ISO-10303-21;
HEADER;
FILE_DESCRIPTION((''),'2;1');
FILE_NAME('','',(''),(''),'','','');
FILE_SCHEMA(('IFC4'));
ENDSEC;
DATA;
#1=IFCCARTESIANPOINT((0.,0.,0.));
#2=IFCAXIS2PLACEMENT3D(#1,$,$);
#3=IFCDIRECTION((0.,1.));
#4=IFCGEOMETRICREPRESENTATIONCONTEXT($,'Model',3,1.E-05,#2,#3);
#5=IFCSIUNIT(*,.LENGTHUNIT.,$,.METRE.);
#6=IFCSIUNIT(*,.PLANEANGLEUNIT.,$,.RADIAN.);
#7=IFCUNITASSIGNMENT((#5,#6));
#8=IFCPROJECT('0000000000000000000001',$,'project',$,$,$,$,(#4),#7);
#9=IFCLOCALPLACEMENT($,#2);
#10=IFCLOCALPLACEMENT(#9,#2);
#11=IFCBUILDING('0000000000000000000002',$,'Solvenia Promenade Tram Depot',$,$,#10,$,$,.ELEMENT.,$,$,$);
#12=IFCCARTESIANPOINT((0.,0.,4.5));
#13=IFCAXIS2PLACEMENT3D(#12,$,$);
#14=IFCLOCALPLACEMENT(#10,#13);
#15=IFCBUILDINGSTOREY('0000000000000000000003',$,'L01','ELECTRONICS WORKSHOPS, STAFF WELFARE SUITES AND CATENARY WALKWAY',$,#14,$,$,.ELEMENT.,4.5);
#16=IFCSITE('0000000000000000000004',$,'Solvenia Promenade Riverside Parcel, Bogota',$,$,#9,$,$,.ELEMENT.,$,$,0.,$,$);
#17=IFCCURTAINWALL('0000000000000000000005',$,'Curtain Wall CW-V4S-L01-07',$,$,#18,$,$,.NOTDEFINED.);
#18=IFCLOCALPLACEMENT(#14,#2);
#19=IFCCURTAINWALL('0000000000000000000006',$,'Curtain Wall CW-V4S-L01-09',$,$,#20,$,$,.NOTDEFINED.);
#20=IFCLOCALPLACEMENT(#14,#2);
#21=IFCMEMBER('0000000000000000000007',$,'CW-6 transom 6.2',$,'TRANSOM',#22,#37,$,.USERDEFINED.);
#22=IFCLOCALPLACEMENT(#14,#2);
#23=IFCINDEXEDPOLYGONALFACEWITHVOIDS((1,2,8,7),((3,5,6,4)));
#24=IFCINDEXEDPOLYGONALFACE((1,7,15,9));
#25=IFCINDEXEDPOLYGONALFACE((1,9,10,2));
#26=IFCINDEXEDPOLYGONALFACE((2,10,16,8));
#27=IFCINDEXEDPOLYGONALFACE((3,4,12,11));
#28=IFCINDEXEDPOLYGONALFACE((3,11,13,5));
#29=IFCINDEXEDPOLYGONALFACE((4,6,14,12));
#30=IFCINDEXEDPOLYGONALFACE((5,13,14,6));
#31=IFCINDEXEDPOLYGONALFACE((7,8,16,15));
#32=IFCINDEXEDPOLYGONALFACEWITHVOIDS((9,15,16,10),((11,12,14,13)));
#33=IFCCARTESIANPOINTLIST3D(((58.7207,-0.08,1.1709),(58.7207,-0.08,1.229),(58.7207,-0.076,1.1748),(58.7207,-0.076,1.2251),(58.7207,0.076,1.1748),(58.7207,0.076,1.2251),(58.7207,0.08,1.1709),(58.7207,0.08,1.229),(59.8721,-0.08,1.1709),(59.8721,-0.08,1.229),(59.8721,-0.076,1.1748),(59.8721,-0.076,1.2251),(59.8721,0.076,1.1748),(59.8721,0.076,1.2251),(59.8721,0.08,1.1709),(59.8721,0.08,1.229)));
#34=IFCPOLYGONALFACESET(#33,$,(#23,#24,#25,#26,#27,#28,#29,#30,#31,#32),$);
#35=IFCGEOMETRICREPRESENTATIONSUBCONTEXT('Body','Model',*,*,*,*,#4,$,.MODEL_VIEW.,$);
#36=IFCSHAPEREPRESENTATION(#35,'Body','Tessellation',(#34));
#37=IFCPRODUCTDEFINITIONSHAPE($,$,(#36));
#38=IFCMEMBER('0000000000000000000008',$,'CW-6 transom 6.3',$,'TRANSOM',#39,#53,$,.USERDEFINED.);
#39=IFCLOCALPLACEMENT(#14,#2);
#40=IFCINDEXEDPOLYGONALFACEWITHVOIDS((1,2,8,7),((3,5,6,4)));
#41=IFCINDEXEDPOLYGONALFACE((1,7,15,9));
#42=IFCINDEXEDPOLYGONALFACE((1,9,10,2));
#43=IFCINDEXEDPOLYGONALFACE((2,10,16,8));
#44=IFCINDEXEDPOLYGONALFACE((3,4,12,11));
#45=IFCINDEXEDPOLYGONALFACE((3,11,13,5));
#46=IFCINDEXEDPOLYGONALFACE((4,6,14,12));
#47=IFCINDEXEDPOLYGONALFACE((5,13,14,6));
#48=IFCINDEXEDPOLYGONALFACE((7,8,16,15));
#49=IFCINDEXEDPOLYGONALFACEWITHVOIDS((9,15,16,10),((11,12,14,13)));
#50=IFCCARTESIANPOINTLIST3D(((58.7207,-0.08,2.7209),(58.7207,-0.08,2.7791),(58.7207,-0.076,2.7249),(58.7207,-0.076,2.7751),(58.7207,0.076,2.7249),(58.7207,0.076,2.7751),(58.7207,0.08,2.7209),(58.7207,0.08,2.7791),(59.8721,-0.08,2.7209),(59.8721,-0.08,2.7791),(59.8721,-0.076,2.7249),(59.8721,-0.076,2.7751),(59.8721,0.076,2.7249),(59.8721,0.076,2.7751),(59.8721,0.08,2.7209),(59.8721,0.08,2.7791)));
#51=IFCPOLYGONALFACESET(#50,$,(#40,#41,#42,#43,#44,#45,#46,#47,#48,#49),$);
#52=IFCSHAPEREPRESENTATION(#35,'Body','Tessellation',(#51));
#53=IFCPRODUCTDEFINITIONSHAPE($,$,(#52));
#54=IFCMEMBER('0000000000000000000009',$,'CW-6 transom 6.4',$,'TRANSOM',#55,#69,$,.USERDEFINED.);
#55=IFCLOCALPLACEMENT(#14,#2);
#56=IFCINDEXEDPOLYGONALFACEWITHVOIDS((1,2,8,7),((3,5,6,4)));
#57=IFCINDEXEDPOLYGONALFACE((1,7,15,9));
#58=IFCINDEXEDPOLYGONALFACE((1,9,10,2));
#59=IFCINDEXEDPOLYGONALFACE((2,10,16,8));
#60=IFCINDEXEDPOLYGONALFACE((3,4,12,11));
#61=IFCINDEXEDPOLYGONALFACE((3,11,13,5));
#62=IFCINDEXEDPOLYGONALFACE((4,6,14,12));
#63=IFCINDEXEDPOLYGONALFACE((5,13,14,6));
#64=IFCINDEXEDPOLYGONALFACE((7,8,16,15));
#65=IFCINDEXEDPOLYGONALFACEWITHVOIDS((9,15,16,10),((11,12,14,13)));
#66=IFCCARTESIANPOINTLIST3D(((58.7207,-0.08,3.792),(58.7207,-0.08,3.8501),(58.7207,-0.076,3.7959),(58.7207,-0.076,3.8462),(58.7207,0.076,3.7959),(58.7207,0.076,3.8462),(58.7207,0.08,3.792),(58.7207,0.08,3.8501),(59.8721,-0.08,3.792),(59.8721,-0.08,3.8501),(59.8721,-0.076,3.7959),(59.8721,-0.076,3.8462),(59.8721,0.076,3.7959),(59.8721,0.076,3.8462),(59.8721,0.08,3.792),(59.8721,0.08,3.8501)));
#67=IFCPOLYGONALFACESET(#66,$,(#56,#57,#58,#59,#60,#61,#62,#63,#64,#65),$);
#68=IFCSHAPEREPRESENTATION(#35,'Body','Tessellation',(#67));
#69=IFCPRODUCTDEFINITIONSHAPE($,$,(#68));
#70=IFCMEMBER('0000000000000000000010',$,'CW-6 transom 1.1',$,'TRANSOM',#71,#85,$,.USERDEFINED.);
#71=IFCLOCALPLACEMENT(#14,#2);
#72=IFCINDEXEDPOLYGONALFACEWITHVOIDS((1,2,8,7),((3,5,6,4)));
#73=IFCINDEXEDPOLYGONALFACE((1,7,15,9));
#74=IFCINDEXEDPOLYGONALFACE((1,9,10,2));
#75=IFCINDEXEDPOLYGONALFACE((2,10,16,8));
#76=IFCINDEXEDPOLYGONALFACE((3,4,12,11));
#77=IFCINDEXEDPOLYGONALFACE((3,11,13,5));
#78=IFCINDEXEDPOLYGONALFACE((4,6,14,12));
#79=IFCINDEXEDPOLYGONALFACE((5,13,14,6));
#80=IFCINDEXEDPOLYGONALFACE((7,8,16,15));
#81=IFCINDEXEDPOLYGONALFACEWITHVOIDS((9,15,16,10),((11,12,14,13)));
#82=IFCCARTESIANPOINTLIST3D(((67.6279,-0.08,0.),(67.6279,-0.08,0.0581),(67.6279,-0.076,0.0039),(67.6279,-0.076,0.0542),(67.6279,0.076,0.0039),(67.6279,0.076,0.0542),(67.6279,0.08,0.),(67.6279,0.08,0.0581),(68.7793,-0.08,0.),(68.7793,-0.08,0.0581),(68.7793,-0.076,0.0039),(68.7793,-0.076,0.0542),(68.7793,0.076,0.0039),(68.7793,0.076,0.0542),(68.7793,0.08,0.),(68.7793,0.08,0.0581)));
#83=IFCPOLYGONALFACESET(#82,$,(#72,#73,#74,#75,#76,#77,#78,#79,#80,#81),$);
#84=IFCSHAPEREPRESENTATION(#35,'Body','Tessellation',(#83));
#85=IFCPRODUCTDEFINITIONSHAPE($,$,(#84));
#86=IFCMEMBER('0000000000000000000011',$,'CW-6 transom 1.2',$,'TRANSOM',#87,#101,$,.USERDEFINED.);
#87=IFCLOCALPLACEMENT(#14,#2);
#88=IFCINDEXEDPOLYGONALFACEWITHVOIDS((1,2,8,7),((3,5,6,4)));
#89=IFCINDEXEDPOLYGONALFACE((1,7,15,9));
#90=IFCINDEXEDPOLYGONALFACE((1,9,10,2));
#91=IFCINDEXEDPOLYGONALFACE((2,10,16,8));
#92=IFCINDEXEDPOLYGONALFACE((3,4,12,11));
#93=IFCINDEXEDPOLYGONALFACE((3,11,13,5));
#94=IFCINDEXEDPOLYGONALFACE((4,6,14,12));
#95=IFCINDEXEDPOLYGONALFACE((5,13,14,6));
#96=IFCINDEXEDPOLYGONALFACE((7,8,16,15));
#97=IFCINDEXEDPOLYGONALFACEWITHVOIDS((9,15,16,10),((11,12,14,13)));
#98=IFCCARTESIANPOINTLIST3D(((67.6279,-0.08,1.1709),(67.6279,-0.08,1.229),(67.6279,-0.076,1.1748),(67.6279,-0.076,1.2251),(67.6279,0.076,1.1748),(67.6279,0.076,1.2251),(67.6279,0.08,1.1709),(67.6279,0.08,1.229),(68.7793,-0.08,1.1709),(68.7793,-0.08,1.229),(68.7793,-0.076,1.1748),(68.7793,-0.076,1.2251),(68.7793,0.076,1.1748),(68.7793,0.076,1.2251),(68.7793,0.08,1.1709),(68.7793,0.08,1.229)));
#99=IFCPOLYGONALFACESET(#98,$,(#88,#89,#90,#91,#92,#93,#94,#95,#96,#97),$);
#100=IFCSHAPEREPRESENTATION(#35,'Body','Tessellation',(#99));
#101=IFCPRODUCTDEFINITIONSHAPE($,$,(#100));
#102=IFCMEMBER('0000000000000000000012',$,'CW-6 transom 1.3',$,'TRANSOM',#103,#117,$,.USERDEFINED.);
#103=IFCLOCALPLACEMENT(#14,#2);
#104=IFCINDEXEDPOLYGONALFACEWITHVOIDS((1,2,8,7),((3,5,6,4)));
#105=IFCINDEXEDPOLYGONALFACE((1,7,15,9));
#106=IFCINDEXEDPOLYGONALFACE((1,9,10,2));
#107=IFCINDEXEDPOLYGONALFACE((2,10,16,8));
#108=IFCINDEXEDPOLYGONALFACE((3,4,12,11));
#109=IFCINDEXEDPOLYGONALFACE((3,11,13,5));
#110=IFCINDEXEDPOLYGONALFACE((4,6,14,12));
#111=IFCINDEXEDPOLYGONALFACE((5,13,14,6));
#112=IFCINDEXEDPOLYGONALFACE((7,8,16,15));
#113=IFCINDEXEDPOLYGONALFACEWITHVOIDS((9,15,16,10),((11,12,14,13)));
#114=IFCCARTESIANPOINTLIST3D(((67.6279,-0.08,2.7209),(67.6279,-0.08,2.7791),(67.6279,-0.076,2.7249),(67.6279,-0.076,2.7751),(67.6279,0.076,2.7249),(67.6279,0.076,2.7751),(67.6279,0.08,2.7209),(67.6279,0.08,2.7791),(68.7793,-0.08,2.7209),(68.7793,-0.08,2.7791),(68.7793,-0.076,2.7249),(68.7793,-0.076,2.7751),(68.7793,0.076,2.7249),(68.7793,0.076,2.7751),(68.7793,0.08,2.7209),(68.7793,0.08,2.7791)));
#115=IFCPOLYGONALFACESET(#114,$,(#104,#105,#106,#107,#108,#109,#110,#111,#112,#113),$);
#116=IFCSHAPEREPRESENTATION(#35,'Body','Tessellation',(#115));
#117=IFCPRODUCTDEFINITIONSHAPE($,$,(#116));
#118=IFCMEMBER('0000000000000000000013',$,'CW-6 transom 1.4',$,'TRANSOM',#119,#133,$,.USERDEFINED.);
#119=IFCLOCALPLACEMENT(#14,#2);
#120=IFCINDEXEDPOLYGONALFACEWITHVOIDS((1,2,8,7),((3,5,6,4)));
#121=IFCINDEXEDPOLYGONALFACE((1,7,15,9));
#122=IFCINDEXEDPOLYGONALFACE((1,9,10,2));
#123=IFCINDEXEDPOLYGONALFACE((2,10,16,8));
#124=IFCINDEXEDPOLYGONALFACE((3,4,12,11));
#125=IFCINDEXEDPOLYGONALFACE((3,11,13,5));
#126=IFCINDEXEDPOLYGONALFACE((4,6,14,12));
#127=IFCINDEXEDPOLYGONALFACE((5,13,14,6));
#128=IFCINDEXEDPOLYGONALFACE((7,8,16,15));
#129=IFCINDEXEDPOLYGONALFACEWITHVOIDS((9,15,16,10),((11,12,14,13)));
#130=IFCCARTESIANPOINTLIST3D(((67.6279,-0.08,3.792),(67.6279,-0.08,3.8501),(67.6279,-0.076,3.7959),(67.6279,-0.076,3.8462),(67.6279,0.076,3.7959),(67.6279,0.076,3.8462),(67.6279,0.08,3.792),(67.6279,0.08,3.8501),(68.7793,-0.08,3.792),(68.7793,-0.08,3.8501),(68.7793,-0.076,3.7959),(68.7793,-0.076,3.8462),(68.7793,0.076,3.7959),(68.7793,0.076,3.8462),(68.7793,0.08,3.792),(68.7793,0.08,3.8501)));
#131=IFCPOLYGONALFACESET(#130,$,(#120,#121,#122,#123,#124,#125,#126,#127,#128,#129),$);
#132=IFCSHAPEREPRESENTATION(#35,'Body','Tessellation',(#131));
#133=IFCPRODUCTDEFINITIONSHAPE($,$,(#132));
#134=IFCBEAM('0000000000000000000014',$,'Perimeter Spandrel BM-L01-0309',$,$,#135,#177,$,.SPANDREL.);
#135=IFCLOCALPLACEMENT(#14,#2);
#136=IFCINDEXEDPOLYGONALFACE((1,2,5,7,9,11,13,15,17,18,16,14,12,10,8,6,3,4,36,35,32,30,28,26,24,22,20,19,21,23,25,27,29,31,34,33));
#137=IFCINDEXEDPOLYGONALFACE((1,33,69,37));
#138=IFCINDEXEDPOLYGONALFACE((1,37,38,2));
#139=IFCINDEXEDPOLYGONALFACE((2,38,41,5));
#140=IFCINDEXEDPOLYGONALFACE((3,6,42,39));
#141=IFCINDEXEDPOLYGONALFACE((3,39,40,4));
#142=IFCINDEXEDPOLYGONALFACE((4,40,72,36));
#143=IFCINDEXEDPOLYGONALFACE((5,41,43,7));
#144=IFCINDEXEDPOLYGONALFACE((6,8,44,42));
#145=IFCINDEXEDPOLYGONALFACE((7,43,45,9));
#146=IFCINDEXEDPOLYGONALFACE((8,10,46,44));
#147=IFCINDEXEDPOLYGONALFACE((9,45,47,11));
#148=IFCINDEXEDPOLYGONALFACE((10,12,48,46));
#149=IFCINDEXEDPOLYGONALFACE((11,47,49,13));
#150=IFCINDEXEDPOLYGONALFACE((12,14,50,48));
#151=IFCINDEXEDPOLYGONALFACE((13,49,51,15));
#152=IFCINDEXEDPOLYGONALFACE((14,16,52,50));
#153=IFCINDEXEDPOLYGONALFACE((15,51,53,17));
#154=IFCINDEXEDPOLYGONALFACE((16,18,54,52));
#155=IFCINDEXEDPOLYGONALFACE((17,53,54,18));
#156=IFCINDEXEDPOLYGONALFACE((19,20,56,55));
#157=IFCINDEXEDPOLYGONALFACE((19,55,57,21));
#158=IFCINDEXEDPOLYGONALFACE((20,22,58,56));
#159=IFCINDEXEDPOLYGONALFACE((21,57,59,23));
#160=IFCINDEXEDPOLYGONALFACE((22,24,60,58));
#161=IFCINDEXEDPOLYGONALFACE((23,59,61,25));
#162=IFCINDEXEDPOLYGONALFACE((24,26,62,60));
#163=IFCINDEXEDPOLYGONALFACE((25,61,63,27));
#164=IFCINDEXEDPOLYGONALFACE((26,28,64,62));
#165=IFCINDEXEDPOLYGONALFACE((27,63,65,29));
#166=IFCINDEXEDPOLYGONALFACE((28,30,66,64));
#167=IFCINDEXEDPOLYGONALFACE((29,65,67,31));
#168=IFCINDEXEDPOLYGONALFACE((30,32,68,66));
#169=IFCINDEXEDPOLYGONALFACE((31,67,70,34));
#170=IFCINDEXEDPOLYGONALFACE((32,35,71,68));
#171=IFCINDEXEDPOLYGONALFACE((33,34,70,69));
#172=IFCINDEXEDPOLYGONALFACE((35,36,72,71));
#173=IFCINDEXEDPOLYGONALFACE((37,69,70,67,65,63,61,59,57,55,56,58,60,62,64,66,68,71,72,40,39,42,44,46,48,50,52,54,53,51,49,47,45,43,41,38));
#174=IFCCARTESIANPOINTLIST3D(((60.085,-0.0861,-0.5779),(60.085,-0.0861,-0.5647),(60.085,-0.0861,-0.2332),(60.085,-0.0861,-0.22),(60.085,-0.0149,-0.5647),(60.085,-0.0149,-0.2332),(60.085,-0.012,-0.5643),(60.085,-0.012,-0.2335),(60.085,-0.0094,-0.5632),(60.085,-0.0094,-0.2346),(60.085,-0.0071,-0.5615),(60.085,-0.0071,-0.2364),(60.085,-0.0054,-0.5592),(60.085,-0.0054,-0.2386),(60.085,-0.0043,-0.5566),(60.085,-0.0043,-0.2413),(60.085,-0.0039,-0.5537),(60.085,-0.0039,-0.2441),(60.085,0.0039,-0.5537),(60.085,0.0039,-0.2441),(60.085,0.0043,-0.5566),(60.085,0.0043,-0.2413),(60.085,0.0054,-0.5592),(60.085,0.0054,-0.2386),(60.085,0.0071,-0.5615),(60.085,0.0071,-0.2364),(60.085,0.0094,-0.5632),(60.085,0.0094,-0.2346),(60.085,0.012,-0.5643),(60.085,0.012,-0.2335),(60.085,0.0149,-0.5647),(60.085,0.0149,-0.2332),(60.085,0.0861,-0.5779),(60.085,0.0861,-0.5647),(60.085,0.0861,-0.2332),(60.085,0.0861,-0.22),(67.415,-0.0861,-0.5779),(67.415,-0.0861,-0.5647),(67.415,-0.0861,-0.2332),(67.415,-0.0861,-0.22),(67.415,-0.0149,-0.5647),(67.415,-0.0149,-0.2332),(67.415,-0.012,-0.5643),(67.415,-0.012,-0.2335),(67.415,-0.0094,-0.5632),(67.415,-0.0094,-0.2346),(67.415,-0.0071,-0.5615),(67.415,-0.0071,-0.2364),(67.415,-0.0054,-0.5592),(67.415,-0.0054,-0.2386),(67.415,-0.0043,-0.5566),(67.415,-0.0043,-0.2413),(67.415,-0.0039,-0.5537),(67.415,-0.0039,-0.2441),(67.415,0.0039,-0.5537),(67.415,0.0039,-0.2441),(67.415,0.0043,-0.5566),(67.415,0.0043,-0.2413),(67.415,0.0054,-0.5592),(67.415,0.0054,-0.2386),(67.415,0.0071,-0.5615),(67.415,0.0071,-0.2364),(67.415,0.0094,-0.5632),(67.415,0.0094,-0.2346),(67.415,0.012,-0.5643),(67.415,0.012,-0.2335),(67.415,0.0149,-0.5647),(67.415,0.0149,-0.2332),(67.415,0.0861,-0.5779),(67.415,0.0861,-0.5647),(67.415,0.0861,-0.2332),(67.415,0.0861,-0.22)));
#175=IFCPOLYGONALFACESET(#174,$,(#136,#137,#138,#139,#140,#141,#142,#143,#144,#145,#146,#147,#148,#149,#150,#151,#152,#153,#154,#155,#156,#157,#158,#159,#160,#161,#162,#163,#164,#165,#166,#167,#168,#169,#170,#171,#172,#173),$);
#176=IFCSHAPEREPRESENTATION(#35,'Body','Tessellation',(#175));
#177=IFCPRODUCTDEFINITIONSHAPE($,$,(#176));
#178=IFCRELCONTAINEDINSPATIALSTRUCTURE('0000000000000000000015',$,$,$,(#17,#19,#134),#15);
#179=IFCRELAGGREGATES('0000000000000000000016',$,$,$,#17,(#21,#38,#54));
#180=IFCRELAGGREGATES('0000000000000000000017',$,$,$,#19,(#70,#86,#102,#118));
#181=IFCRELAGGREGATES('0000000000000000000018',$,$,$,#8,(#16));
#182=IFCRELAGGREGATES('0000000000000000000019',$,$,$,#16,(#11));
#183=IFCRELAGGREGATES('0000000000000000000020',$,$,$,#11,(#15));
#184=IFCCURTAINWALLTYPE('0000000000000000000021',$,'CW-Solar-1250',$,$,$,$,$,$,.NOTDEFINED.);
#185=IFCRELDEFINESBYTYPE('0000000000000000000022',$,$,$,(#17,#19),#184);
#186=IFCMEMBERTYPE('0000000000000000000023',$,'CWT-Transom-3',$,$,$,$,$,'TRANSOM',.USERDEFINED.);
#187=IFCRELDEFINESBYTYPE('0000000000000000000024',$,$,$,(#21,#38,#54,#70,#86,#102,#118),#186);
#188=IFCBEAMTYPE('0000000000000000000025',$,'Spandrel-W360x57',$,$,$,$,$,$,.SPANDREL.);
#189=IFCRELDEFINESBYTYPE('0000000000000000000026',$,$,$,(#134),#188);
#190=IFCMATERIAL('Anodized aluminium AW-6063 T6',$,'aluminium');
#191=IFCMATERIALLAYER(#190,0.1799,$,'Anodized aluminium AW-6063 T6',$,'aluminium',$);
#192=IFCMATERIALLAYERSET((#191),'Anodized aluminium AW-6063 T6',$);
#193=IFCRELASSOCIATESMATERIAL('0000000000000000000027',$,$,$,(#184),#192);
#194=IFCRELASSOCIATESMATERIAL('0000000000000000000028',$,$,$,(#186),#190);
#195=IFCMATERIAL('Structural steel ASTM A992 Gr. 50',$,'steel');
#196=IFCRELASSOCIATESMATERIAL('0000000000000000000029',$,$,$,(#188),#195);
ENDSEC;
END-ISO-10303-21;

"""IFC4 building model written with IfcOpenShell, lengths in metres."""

from ifc_helpers import new_model, si_unit, direction, frame, origin, origin_2d, place, context, subcontext, project, spatial, hollow_rectangle, i_section, extrude, material, layer, layer_set, material_profile, profile_set, type_object, element, aggregate, save


model = new_model("IFC4")

# Units and contexts
model_context = context("Model", 3, precision=1e-05, world=origin(), true_north=direction((0.0, 1.0)))
body_context = subcontext(model_context, "Body", "Model", "MODEL_VIEW")
ifc_project = project(units=[si_unit("LENGTHUNIT", "METRE"), si_unit("PLANEANGLEUNIT", "RADIAN")], contexts=[model_context])

# Site, building, storey
site_placement = place(None, origin())
site = spatial("IfcSite", under=ifc_project, at=site_placement, Name="Solvenia Promenade Riverside Parcel, Bogota", CompositionType="ELEMENT", RefElevation=0.0)
building_placement = place(site_placement, origin())
building = spatial("IfcBuilding", under=site, at=building_placement, Name="Solvenia Promenade Tram Depot", CompositionType="ELEMENT")
storey_placement = place(building_placement, frame((0.0, 0.0, 4.5)))
storey = spatial("IfcBuildingStorey", under=building, at=storey_placement, Name="L01", Description="ELECTRONICS WORKSHOPS, STAFF WELFARE SUITES AND CATENARY WALKWAY", CompositionType="ELEMENT", Elevation=4.5)

# Shared definitions
ifc_material_1 = material(Name="Structural steel ASTM A992 Gr. 50", Category="steel")

# Curtain wall
ifc_material_2 = material(Name="Anodized aluminium AW-6063 T6", Category="aluminium")
ifc_layer_1 = layer(ifc_material_2, 0.1799, Name="Anodized aluminium AW-6063 T6", Category="aluminium")
ifc_layer_set_1 = layer_set([ifc_layer_1], Name="Anodized aluminium AW-6063 T6")
curtain_wall_type = type_object("IfcCurtainWallType", Name="CW-Solar-1250", PredefinedType="NOTDEFINED", material=ifc_layer_set_1)
curtain_wall_1_placement = place(storey_placement, origin())
curtain_wall_1 = element("IfcCurtainWall", 1, at=curtain_wall_1_placement, inside=storey, type_object=curtain_wall_type, Name="Curtain Wall CW-V4S-L01-07", PredefinedType="NOTDEFINED")

# Curtain wall
curtain_wall_2_placement = place(storey_placement, origin())
curtain_wall_2 = element("IfcCurtainWall", 2, at=curtain_wall_2_placement, inside=storey, type_object=curtain_wall_type, Name="Curtain Wall CW-V4S-L01-09", PredefinedType="NOTDEFINED")

# Members
ifc_material_profile_1 = material_profile(ifc_material_2, hollow_rectangle(XDim=0.1599, YDim=0.0581, WallThickness=0.0039, at=origin_2d()), Name="ALU-T3", Category="aluminium")
ifc_profile_set_1 = profile_set([ifc_material_profile_1], Name="Anodized aluminium AW-6063 T6")
member_type_1 = type_object("IfcMemberType", Name="CWT-Transom-3", ElementType="TRANSOM", PredefinedType="USERDEFINED", material=ifc_profile_set_1)
member_1_placement = place(storey_placement, frame((58.7207, 0.0, 1.2), z_axis=(1.0, 0.0, 0.0), x_axis=(0.0, 1.0, 0.0)))
member_1 = element("IfcMember", 3, at=member_1_placement, type_object=member_type_1, Name="CW-6 transom 6.2", ObjectType="TRANSOM", PredefinedType="USERDEFINED", context=body_context, shape_type="SweptSolid", body=[
    extrude(hollow_rectangle(XDim=0.1599, YDim=0.0581, WallThickness=0.0039, at=origin_2d()), origin(), (0.0, 0.0, 1.0), 1.1514),
])
member_2_placement = place(storey_placement, frame((58.7207, 0.0, 2.75), z_axis=(1.0, 0.0, 0.0), x_axis=(0.0, 1.0, 0.0)))
member_2 = element("IfcMember", 4, at=member_2_placement, type_object=member_type_1, Name="CW-6 transom 6.3", ObjectType="TRANSOM", PredefinedType="USERDEFINED", context=body_context, shape_type="SweptSolid", body=[
    extrude(hollow_rectangle(XDim=0.1599, YDim=0.0581, WallThickness=0.0039, at=origin_2d()), origin(), (0.0, 0.0, 1.0), 1.1514),
])
member_3_placement = place(storey_placement, frame((58.7207, 0.0, 3.821), z_axis=(1.0, 0.0, 0.0), x_axis=(0.0, 1.0, 0.0)))
member_3 = element("IfcMember", 5, at=member_3_placement, type_object=member_type_1, Name="CW-6 transom 6.4", ObjectType="TRANSOM", PredefinedType="USERDEFINED", context=body_context, shape_type="SweptSolid", body=[
    extrude(hollow_rectangle(XDim=0.1599, YDim=0.0581, WallThickness=0.0039, at=origin_2d()), origin(), (0.0, 0.0, 1.0), 1.1514),
])
member_4_placement = place(storey_placement, frame((67.6279, 0.0, 0.0291), z_axis=(1.0, 0.0, 0.0), x_axis=(0.0, 1.0, 0.0)))
member_4 = element("IfcMember", 6, at=member_4_placement, type_object=member_type_1, Name="CW-6 transom 1.1", ObjectType="TRANSOM", PredefinedType="USERDEFINED", context=body_context, shape_type="SweptSolid", body=[
    extrude(hollow_rectangle(XDim=0.1599, YDim=0.0581, WallThickness=0.0039, at=origin_2d()), origin(), (0.0, 0.0, 1.0), 1.1514),
])
member_5_placement = place(storey_placement, frame((67.6279, 0.0, 1.2), z_axis=(1.0, 0.0, 0.0), x_axis=(0.0, 1.0, 0.0)))
member_5 = element("IfcMember", 7, at=member_5_placement, type_object=member_type_1, Name="CW-6 transom 1.2", ObjectType="TRANSOM", PredefinedType="USERDEFINED", context=body_context, shape_type="SweptSolid", body=[
    extrude(hollow_rectangle(XDim=0.1599, YDim=0.0581, WallThickness=0.0039, at=origin_2d()), origin(), (0.0, 0.0, 1.0), 1.1514),
])
member_6_placement = place(storey_placement, frame((67.6279, 0.0, 2.75), z_axis=(1.0, 0.0, 0.0), x_axis=(0.0, 1.0, 0.0)))
member_6 = element("IfcMember", 8, at=member_6_placement, type_object=member_type_1, Name="CW-6 transom 1.3", ObjectType="TRANSOM", PredefinedType="USERDEFINED", context=body_context, shape_type="SweptSolid", body=[
    extrude(hollow_rectangle(XDim=0.1599, YDim=0.0581, WallThickness=0.0039, at=origin_2d()), origin(), (0.0, 0.0, 1.0), 1.1514),
])
member_7_placement = place(storey_placement, frame((67.6279, 0.0, 3.821), z_axis=(1.0, 0.0, 0.0), x_axis=(0.0, 1.0, 0.0)))
member_7 = element("IfcMember", 9, at=member_7_placement, type_object=member_type_1, Name="CW-6 transom 1.4", ObjectType="TRANSOM", PredefinedType="USERDEFINED", context=body_context, shape_type="SweptSolid", body=[
    extrude(hollow_rectangle(XDim=0.1599, YDim=0.0581, WallThickness=0.0039, at=origin_2d()), origin(), (0.0, 0.0, 1.0), 1.1514),
])

# Beam
ifc_material_profile_2 = material_profile(ifc_material_1, i_section(OverallWidth=0.1721, OverallDepth=0.3579, WebThickness=0.0078, FlangeThickness=0.0132, FilletRadius=0.011, at=origin_2d()), Name="W360x57", Category="steel")
ifc_profile_set_2 = profile_set([ifc_material_profile_2], Name="Structural steel ASTM A992 Gr. 50")
beam_type = type_object("IfcBeamType", Name="Spandrel-W360x57", PredefinedType="SPANDREL", material=ifc_profile_set_2)
for number, where, z_axis, x_axis, name in (
    (10, (60.085, 0.0, -0.3989), (1.0, 0.0, 0.0), (0.0, 1.0, 0.0), "Perimeter Spandrel BM-L01-0309"),
):
    element("IfcBeam", number, at=place(storey_placement, frame(where, z_axis=z_axis, x_axis=x_axis)), inside=storey, type_object=beam_type, Name=name, PredefinedType="SPANDREL", context=body_context, shape_type="SweptSolid", body=[
        extrude(i_section(OverallWidth=0.1721, OverallDepth=0.3579, WebThickness=0.0078, FlangeThickness=0.0132, FilletRadius=0.011, at=origin_2d()), origin(), (0.0, 0.0, 1.0), 7.3301),
    ])

aggregate(curtain_wall_1, [member_1, member_2, member_3])
aggregate(curtain_wall_2, [member_4, member_5, member_6, member_7])

save(model, "model.ifc")
